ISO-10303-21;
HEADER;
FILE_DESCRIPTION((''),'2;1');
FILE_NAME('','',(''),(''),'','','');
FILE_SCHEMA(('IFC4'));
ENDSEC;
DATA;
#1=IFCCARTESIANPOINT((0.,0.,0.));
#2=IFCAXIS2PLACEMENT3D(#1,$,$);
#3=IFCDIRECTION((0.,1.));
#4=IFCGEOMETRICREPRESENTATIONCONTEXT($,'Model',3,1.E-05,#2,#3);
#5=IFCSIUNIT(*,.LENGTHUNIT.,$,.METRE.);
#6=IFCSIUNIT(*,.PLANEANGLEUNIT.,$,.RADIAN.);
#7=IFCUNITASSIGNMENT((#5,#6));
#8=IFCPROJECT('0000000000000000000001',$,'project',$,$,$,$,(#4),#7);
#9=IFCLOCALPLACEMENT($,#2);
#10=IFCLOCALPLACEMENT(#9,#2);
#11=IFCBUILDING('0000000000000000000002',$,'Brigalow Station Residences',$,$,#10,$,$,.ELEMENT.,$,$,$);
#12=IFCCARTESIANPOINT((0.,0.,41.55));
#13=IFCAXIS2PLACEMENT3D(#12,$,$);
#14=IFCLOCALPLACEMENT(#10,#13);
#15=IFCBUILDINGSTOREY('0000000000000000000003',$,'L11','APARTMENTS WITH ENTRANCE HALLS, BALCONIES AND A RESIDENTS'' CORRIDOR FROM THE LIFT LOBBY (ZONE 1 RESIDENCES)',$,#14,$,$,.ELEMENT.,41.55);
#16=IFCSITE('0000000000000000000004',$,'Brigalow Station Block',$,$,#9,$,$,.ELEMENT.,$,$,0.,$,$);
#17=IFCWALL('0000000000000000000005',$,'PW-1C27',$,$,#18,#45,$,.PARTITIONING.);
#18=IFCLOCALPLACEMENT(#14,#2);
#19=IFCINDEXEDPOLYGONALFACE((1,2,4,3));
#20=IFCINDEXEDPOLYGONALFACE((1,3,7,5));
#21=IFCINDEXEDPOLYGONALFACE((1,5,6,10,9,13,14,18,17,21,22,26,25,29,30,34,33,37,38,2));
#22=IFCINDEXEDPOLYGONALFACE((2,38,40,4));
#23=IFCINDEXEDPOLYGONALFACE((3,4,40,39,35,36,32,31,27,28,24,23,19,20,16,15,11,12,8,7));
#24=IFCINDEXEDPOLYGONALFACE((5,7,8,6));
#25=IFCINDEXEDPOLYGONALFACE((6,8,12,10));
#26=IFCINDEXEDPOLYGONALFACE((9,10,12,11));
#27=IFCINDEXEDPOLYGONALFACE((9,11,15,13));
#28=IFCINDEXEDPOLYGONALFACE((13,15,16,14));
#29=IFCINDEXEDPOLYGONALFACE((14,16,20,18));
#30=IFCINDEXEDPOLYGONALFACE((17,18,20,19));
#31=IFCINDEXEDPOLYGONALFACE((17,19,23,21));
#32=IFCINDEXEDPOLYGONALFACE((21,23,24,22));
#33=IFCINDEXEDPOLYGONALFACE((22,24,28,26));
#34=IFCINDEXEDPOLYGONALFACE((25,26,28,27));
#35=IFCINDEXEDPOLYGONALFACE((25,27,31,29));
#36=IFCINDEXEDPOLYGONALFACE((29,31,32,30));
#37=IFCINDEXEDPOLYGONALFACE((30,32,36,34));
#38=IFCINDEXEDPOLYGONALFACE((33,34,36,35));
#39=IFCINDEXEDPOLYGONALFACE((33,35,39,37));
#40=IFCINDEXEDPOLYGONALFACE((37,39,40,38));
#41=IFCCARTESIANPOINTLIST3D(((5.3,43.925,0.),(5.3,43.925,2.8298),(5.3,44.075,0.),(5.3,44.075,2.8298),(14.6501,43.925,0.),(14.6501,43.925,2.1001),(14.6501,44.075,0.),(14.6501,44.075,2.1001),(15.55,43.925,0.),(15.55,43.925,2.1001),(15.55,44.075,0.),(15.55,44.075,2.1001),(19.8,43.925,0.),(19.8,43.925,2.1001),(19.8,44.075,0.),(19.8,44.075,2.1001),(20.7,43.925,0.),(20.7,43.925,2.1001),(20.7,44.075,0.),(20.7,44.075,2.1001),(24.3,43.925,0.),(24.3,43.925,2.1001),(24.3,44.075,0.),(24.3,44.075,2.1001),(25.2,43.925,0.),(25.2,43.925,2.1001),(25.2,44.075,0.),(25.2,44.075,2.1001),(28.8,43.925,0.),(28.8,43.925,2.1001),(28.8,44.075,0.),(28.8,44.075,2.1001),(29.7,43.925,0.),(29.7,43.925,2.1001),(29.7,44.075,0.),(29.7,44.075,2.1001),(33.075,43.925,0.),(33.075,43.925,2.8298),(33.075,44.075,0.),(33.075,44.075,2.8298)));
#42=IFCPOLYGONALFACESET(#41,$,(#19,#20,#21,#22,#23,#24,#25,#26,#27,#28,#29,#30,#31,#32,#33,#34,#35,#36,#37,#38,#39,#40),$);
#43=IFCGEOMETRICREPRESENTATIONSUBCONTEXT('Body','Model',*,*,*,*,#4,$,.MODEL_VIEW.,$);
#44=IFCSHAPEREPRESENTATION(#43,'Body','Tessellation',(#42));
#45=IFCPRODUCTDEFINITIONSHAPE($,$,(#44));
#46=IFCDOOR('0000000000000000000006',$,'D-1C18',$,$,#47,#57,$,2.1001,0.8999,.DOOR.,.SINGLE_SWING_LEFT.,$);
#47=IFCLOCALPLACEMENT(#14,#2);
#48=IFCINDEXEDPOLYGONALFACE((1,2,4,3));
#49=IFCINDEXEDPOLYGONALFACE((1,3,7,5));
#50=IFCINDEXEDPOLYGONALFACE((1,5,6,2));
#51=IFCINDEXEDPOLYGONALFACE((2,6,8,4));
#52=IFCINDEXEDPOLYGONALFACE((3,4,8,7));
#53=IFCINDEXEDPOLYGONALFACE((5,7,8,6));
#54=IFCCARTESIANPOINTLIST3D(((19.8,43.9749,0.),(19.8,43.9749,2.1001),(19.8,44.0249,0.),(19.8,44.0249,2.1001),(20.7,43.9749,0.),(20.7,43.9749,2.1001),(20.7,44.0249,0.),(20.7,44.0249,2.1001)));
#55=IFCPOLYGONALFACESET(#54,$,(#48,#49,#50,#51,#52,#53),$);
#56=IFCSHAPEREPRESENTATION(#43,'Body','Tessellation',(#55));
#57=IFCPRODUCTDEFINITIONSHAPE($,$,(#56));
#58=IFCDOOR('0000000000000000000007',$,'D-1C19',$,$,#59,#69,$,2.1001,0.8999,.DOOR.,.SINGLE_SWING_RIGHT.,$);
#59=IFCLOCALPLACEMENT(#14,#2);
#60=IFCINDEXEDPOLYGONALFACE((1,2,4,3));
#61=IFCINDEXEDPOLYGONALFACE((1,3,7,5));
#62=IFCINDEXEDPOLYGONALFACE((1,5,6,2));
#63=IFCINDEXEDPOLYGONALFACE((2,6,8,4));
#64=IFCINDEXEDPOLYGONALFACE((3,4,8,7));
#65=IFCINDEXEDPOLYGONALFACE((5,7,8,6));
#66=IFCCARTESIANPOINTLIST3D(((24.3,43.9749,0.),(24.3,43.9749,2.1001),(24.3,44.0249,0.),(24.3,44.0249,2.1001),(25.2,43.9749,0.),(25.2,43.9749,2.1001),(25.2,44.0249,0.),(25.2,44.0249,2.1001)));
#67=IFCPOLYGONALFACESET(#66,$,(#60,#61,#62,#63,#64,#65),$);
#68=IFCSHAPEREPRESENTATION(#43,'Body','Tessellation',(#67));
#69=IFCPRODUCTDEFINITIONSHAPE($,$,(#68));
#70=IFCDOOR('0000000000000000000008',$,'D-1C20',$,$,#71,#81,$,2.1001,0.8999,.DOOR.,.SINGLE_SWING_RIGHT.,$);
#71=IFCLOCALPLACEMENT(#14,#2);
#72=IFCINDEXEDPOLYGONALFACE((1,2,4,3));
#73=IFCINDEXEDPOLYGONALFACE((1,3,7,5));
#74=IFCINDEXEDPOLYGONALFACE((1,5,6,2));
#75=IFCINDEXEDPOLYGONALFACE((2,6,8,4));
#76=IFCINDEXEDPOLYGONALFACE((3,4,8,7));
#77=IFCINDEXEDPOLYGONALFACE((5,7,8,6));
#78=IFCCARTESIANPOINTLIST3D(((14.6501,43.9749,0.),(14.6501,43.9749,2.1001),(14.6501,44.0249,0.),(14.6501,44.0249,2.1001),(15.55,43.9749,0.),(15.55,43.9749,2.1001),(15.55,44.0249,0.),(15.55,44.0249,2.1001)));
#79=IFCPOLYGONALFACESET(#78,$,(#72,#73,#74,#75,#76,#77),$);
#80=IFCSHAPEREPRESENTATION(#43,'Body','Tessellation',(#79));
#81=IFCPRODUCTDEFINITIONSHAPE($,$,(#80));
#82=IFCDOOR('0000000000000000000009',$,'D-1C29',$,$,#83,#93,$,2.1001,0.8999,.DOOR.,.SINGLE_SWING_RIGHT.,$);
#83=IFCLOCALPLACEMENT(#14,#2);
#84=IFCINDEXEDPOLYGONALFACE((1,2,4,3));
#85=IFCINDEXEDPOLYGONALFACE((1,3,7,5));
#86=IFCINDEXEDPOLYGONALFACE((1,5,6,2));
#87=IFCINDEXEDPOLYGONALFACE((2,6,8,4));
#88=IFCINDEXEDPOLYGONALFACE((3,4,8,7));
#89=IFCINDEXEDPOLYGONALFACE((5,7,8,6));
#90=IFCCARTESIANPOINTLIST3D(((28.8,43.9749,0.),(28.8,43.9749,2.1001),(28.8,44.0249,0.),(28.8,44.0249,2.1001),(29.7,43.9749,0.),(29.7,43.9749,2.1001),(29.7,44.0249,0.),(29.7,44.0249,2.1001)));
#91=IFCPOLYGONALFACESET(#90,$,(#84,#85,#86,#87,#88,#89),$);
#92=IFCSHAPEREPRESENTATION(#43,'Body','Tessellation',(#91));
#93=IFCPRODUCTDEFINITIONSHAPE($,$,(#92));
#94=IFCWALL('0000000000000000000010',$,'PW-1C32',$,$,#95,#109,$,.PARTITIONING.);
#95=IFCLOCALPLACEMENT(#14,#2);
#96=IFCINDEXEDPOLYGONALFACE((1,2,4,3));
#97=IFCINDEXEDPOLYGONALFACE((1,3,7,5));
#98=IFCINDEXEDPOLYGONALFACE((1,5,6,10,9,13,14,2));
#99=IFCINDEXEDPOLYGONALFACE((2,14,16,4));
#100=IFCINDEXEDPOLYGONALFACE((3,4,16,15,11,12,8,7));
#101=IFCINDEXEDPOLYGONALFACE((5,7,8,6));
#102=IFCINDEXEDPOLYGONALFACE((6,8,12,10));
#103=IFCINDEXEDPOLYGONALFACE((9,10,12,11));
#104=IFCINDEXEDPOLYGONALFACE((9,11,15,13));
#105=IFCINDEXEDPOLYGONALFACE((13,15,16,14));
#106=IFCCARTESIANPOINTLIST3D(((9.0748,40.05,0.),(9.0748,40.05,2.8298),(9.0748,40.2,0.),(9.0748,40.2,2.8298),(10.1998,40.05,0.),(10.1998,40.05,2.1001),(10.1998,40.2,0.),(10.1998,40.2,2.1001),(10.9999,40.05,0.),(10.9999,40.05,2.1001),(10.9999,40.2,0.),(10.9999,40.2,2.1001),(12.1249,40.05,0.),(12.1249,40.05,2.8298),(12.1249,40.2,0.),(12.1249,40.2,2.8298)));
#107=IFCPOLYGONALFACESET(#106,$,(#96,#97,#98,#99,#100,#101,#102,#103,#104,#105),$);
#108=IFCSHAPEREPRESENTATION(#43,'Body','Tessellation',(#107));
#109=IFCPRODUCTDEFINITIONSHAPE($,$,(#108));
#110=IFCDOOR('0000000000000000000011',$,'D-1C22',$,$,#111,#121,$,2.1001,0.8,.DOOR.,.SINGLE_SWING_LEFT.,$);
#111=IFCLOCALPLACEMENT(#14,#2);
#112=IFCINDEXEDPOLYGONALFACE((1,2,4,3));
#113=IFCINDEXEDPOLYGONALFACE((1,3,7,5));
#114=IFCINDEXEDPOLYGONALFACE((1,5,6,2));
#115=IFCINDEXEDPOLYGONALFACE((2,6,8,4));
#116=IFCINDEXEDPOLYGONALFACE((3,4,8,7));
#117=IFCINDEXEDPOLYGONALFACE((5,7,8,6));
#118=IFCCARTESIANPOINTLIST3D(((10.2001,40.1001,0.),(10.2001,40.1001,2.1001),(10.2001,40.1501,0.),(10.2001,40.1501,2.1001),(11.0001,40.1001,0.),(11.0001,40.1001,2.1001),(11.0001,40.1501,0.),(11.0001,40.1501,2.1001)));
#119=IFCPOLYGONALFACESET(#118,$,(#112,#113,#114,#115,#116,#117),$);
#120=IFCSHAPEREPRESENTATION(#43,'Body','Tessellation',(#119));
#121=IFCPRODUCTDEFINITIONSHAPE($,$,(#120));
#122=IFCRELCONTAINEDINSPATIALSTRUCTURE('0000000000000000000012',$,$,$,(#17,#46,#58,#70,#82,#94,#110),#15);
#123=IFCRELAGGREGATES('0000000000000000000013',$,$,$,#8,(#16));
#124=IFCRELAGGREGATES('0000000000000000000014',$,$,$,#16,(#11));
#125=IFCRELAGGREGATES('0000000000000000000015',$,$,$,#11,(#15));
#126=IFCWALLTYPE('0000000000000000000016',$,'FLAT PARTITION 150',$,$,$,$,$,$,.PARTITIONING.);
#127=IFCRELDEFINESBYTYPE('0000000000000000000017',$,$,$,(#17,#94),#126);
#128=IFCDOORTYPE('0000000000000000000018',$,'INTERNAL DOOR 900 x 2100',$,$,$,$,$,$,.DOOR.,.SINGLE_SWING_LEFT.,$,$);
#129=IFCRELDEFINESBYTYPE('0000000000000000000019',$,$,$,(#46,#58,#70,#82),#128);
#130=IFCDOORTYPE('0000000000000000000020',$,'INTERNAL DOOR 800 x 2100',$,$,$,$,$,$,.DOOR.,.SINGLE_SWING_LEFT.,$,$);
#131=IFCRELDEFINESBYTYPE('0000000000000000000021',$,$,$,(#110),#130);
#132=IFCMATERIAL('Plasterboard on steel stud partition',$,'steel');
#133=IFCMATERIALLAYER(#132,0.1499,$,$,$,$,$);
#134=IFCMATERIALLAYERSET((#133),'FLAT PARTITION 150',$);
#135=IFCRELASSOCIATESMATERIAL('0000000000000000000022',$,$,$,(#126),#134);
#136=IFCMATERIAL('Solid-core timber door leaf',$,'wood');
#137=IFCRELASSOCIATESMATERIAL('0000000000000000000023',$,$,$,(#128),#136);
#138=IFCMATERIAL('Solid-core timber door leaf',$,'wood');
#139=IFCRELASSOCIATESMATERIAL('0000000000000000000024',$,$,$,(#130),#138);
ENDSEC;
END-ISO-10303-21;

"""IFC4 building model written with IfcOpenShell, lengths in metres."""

from ifc_helpers import new_model, si_unit, direction, frame, frame_2d, origin, place, context, subcontext, project, spatial, rectangle, extrude, material, layer, layer_set, type_object, element, fill, save


model = new_model("IFC4")

# Units and contexts
model_context = context("Model", 3, precision=1e-05, world=origin(), true_north=direction((0.0, 1.0)))
body_context = subcontext(model_context, "Body", "Model", "MODEL_VIEW")
ifc_project = project(units=[si_unit("LENGTHUNIT", "METRE"), si_unit("PLANEANGLEUNIT", "RADIAN")], contexts=[model_context])

# Site, building, storey
site_placement = place(None, origin())
site = spatial("IfcSite", under=ifc_project, at=site_placement, Name="Brigalow Station Block", CompositionType="ELEMENT", RefElevation=0.0)
building_placement = place(site_placement, origin())
building = spatial("IfcBuilding", under=site, at=building_placement, Name="Brigalow Station Residences", CompositionType="ELEMENT")
storey_placement = place(building_placement, frame((0.0, 0.0, 41.55)))
storey = spatial("IfcBuildingStorey", under=building, at=storey_placement, Name="L11", Description="APARTMENTS WITH ENTRANCE HALLS, BALCONIES AND A RESIDENTS' CORRIDOR FROM THE LIFT LOBBY (ZONE 1 RESIDENCES)", CompositionType="ELEMENT", Elevation=41.55)

# Wall, openings, doors
ifc_material_1 = material(Name="Plasterboard on steel stud partition", Category="steel")
ifc_layer_1 = layer(ifc_material_1, 0.1499)
ifc_layer_set_1 = layer_set([ifc_layer_1], Name="FLAT PARTITION 150")
wall_type_1 = type_object("IfcWallType", Name="FLAT PARTITION 150", PredefinedType="PARTITIONING", material=ifc_layer_set_1)
wall_1_placement = place(storey_placement, frame((5.3, 44.0, 0.0), z_axis=(0.0, 0.0, 1.0), x_axis=(1.0, 0.0, 0.0)))
wall_1 = element("IfcWall", 1, at=wall_1_placement, inside=storey, type_object=wall_type_1, Name="PW-1C27", PredefinedType="PARTITIONING", context=body_context, shape_type="SweptSolid", body=[
    extrude(rectangle(XDim=27.7749, YDim=0.1499, at=frame_2d((13.8875, 0.0))), origin(), (0.0, 0.0, 1.0), 2.8298),
])
opening_1_placement = place(wall_1_placement, frame((14.5, 0.0, 0.0)))
opening_1 = element("IfcOpeningElement", 2, at=opening_1_placement, cuts=wall_1, PredefinedType="OPENING", context=body_context, shape_type="SweptSolid", body=[
    extrude(rectangle(XDim=0.8999, YDim=2.1001, at=frame_2d((0.45, 1.05))), frame((0.0, 0.085, 0.0), z_axis=(0.0, -1.0, 0.0), x_axis=(1.0, 0.0, 0.0)), (0.0, 0.0, 1.0), 0.1699),
])
opening_2_placement = place(wall_1_placement, frame((19.0, 0.0, 0.0)))
opening_2 = element("IfcOpeningElement", 3, at=opening_2_placement, cuts=wall_1, PredefinedType="OPENING", context=body_context, shape_type="SweptSolid", body=[
    extrude(rectangle(XDim=0.8999, YDim=2.1001, at=frame_2d((0.45, 1.05))), frame((0.0, 0.085, 0.0), z_axis=(0.0, -1.0, 0.0), x_axis=(1.0, 0.0, 0.0)), (0.0, 0.0, 1.0), 0.1699),
])
opening_3_placement = place(wall_1_placement, frame((9.3501, 0.0, 0.0)))
opening_3 = element("IfcOpeningElement", 4, at=opening_3_placement, cuts=wall_1, PredefinedType="OPENING", context=body_context, shape_type="SweptSolid", body=[
    extrude(rectangle(XDim=0.8999, YDim=2.1001, at=frame_2d((0.45, 1.05))), frame((0.0, 0.085, 0.0), z_axis=(0.0, -1.0, 0.0), x_axis=(1.0, 0.0, 0.0)), (0.0, 0.0, 1.0), 0.1699),
])
opening_4_placement = place(wall_1_placement, frame((23.5, 0.0, 0.0)))
opening_4 = element("IfcOpeningElement", 5, at=opening_4_placement, cuts=wall_1, PredefinedType="OPENING", context=body_context, shape_type="SweptSolid", body=[
    extrude(rectangle(XDim=0.8999, YDim=2.1001, at=frame_2d((0.45, 1.05))), frame((0.0, 0.085, 0.0), z_axis=(0.0, -1.0, 0.0), x_axis=(1.0, 0.0, 0.0)), (0.0, 0.0, 1.0), 0.1699),
])
ifc_material_2 = material(Name="Solid-core timber door leaf", Category="wood")
door_type_1 = type_object("IfcDoorType", Name="INTERNAL DOOR 900 x 2100", OperationType="SINGLE_SWING_LEFT", PredefinedType="DOOR", material=ifc_material_2)
door_1_placement = place(opening_1_placement, origin())
door_1 = element("IfcDoor", 6, at=door_1_placement, inside=storey, type_object=door_type_1, Name="D-1C18", OperationType="SINGLE_SWING_LEFT", OverallHeight=2.1001, OverallWidth=0.8999, PredefinedType="DOOR", context=body_context, shape_type="SweptSolid", body=[
    extrude(rectangle(XDim=0.8999, YDim=2.1001, at=frame_2d((0.45, 1.05))), frame((0.0, 0.0249, 0.0), z_axis=(0.0, -1.0, 0.0), x_axis=(1.0, 0.0, 0.0)), (0.0, 0.0, 1.0), 0.05),
])
fill(opening_1, door_1)
door_2_placement = place(opening_2_placement, origin())
door_2 = element("IfcDoor", 7, at=door_2_placement, inside=storey, type_object=door_type_1, Name="D-1C19", OperationType="SINGLE_SWING_RIGHT", OverallHeight=2.1001, OverallWidth=0.8999, PredefinedType="DOOR", context=body_context, shape_type="SweptSolid", body=[
    extrude(rectangle(XDim=0.8999, YDim=2.1001, at=frame_2d((0.45, 1.05))), frame((0.0, 0.0249, 0.0), z_axis=(0.0, -1.0, 0.0), x_axis=(1.0, 0.0, 0.0)), (0.0, 0.0, 1.0), 0.05),
])
fill(opening_2, door_2)
door_3_placement = place(opening_3_placement, origin())
door_3 = element("IfcDoor", 8, at=door_3_placement, inside=storey, type_object=door_type_1, Name="D-1C20", OperationType="SINGLE_SWING_RIGHT", OverallHeight=2.1001, OverallWidth=0.8999, PredefinedType="DOOR", context=body_context, shape_type="SweptSolid", body=[
    extrude(rectangle(XDim=0.8999, YDim=2.1001, at=frame_2d((0.45, 1.05))), frame((0.0, 0.0249, 0.0), z_axis=(0.0, -1.0, 0.0), x_axis=(1.0, 0.0, 0.0)), (0.0, 0.0, 1.0), 0.05),
])
fill(opening_3, door_3)
door_4_placement = place(opening_4_placement, origin())
door_4 = element("IfcDoor", 9, at=door_4_placement, inside=storey, type_object=door_type_1, Name="D-1C29", OperationType="SINGLE_SWING_RIGHT", OverallHeight=2.1001, OverallWidth=0.8999, PredefinedType="DOOR", context=body_context, shape_type="SweptSolid", body=[
    extrude(rectangle(XDim=0.8999, YDim=2.1001, at=frame_2d((0.45, 1.05))), frame((0.0, 0.0249, 0.0), z_axis=(0.0, -1.0, 0.0), x_axis=(1.0, 0.0, 0.0)), (0.0, 0.0, 1.0), 0.05),
])
fill(opening_4, door_4)

# Wall, opening, door
wall_2_placement = place(storey_placement, frame((9.075, 40.125, 0.0), z_axis=(0.0, 0.0, 1.0), x_axis=(1.0, 0.0, 0.0)))
wall_2 = element("IfcWall", 10, at=wall_2_placement, inside=storey, type_object=wall_type_1, Name="PW-1C32", PredefinedType="PARTITIONING", context=body_context, shape_type="SweptSolid", body=[
    extrude(rectangle(XDim=3.05, YDim=0.1499, at=frame_2d((1.5249, 0.0))), origin(), (0.0, 0.0, 1.0), 2.8298),
])
opening_5_placement = place(wall_2_placement, frame((1.125, 0.0, 0.0)))
opening_5 = element("IfcOpeningElement", 11, at=opening_5_placement, cuts=wall_2, PredefinedType="OPENING", context=body_context, shape_type="SweptSolid", body=[
    extrude(rectangle(XDim=0.8, YDim=2.1001, at=frame_2d((0.3999, 1.05))), frame((0.0, 0.085, 0.0), z_axis=(0.0, -1.0, 0.0), x_axis=(1.0, 0.0, 0.0)), (0.0, 0.0, 1.0), 0.1699),
])
ifc_material_3 = material(Name="Solid-core timber door leaf", Category="wood")
door_type_2 = type_object("IfcDoorType", Name="INTERNAL DOOR 800 x 2100", OperationType="SINGLE_SWING_LEFT", PredefinedType="DOOR", material=ifc_material_3)
door_5_placement = place(opening_5_placement, frame((0.8, 0.0, 0.0), z_axis=(0.0, 0.0, 1.0), x_axis=(-1.0, 0.0, 0.0)))
door_5 = element("IfcDoor", 12, at=door_5_placement, inside=storey, type_object=door_type_2, Name="D-1C22", OperationType="SINGLE_SWING_LEFT", OverallHeight=2.1001, OverallWidth=0.8, PredefinedType="DOOR", context=body_context, shape_type="SweptSolid", body=[
    extrude(rectangle(XDim=0.8, YDim=2.1001, at=frame_2d((0.3999, 1.05))), frame((0.0, 0.0249, 0.0), z_axis=(0.0, -1.0, 0.0), x_axis=(1.0, 0.0, 0.0)), (0.0, 0.0, 1.0), 0.05),
])
fill(opening_5, door_5)

save(model, "model.ifc")
